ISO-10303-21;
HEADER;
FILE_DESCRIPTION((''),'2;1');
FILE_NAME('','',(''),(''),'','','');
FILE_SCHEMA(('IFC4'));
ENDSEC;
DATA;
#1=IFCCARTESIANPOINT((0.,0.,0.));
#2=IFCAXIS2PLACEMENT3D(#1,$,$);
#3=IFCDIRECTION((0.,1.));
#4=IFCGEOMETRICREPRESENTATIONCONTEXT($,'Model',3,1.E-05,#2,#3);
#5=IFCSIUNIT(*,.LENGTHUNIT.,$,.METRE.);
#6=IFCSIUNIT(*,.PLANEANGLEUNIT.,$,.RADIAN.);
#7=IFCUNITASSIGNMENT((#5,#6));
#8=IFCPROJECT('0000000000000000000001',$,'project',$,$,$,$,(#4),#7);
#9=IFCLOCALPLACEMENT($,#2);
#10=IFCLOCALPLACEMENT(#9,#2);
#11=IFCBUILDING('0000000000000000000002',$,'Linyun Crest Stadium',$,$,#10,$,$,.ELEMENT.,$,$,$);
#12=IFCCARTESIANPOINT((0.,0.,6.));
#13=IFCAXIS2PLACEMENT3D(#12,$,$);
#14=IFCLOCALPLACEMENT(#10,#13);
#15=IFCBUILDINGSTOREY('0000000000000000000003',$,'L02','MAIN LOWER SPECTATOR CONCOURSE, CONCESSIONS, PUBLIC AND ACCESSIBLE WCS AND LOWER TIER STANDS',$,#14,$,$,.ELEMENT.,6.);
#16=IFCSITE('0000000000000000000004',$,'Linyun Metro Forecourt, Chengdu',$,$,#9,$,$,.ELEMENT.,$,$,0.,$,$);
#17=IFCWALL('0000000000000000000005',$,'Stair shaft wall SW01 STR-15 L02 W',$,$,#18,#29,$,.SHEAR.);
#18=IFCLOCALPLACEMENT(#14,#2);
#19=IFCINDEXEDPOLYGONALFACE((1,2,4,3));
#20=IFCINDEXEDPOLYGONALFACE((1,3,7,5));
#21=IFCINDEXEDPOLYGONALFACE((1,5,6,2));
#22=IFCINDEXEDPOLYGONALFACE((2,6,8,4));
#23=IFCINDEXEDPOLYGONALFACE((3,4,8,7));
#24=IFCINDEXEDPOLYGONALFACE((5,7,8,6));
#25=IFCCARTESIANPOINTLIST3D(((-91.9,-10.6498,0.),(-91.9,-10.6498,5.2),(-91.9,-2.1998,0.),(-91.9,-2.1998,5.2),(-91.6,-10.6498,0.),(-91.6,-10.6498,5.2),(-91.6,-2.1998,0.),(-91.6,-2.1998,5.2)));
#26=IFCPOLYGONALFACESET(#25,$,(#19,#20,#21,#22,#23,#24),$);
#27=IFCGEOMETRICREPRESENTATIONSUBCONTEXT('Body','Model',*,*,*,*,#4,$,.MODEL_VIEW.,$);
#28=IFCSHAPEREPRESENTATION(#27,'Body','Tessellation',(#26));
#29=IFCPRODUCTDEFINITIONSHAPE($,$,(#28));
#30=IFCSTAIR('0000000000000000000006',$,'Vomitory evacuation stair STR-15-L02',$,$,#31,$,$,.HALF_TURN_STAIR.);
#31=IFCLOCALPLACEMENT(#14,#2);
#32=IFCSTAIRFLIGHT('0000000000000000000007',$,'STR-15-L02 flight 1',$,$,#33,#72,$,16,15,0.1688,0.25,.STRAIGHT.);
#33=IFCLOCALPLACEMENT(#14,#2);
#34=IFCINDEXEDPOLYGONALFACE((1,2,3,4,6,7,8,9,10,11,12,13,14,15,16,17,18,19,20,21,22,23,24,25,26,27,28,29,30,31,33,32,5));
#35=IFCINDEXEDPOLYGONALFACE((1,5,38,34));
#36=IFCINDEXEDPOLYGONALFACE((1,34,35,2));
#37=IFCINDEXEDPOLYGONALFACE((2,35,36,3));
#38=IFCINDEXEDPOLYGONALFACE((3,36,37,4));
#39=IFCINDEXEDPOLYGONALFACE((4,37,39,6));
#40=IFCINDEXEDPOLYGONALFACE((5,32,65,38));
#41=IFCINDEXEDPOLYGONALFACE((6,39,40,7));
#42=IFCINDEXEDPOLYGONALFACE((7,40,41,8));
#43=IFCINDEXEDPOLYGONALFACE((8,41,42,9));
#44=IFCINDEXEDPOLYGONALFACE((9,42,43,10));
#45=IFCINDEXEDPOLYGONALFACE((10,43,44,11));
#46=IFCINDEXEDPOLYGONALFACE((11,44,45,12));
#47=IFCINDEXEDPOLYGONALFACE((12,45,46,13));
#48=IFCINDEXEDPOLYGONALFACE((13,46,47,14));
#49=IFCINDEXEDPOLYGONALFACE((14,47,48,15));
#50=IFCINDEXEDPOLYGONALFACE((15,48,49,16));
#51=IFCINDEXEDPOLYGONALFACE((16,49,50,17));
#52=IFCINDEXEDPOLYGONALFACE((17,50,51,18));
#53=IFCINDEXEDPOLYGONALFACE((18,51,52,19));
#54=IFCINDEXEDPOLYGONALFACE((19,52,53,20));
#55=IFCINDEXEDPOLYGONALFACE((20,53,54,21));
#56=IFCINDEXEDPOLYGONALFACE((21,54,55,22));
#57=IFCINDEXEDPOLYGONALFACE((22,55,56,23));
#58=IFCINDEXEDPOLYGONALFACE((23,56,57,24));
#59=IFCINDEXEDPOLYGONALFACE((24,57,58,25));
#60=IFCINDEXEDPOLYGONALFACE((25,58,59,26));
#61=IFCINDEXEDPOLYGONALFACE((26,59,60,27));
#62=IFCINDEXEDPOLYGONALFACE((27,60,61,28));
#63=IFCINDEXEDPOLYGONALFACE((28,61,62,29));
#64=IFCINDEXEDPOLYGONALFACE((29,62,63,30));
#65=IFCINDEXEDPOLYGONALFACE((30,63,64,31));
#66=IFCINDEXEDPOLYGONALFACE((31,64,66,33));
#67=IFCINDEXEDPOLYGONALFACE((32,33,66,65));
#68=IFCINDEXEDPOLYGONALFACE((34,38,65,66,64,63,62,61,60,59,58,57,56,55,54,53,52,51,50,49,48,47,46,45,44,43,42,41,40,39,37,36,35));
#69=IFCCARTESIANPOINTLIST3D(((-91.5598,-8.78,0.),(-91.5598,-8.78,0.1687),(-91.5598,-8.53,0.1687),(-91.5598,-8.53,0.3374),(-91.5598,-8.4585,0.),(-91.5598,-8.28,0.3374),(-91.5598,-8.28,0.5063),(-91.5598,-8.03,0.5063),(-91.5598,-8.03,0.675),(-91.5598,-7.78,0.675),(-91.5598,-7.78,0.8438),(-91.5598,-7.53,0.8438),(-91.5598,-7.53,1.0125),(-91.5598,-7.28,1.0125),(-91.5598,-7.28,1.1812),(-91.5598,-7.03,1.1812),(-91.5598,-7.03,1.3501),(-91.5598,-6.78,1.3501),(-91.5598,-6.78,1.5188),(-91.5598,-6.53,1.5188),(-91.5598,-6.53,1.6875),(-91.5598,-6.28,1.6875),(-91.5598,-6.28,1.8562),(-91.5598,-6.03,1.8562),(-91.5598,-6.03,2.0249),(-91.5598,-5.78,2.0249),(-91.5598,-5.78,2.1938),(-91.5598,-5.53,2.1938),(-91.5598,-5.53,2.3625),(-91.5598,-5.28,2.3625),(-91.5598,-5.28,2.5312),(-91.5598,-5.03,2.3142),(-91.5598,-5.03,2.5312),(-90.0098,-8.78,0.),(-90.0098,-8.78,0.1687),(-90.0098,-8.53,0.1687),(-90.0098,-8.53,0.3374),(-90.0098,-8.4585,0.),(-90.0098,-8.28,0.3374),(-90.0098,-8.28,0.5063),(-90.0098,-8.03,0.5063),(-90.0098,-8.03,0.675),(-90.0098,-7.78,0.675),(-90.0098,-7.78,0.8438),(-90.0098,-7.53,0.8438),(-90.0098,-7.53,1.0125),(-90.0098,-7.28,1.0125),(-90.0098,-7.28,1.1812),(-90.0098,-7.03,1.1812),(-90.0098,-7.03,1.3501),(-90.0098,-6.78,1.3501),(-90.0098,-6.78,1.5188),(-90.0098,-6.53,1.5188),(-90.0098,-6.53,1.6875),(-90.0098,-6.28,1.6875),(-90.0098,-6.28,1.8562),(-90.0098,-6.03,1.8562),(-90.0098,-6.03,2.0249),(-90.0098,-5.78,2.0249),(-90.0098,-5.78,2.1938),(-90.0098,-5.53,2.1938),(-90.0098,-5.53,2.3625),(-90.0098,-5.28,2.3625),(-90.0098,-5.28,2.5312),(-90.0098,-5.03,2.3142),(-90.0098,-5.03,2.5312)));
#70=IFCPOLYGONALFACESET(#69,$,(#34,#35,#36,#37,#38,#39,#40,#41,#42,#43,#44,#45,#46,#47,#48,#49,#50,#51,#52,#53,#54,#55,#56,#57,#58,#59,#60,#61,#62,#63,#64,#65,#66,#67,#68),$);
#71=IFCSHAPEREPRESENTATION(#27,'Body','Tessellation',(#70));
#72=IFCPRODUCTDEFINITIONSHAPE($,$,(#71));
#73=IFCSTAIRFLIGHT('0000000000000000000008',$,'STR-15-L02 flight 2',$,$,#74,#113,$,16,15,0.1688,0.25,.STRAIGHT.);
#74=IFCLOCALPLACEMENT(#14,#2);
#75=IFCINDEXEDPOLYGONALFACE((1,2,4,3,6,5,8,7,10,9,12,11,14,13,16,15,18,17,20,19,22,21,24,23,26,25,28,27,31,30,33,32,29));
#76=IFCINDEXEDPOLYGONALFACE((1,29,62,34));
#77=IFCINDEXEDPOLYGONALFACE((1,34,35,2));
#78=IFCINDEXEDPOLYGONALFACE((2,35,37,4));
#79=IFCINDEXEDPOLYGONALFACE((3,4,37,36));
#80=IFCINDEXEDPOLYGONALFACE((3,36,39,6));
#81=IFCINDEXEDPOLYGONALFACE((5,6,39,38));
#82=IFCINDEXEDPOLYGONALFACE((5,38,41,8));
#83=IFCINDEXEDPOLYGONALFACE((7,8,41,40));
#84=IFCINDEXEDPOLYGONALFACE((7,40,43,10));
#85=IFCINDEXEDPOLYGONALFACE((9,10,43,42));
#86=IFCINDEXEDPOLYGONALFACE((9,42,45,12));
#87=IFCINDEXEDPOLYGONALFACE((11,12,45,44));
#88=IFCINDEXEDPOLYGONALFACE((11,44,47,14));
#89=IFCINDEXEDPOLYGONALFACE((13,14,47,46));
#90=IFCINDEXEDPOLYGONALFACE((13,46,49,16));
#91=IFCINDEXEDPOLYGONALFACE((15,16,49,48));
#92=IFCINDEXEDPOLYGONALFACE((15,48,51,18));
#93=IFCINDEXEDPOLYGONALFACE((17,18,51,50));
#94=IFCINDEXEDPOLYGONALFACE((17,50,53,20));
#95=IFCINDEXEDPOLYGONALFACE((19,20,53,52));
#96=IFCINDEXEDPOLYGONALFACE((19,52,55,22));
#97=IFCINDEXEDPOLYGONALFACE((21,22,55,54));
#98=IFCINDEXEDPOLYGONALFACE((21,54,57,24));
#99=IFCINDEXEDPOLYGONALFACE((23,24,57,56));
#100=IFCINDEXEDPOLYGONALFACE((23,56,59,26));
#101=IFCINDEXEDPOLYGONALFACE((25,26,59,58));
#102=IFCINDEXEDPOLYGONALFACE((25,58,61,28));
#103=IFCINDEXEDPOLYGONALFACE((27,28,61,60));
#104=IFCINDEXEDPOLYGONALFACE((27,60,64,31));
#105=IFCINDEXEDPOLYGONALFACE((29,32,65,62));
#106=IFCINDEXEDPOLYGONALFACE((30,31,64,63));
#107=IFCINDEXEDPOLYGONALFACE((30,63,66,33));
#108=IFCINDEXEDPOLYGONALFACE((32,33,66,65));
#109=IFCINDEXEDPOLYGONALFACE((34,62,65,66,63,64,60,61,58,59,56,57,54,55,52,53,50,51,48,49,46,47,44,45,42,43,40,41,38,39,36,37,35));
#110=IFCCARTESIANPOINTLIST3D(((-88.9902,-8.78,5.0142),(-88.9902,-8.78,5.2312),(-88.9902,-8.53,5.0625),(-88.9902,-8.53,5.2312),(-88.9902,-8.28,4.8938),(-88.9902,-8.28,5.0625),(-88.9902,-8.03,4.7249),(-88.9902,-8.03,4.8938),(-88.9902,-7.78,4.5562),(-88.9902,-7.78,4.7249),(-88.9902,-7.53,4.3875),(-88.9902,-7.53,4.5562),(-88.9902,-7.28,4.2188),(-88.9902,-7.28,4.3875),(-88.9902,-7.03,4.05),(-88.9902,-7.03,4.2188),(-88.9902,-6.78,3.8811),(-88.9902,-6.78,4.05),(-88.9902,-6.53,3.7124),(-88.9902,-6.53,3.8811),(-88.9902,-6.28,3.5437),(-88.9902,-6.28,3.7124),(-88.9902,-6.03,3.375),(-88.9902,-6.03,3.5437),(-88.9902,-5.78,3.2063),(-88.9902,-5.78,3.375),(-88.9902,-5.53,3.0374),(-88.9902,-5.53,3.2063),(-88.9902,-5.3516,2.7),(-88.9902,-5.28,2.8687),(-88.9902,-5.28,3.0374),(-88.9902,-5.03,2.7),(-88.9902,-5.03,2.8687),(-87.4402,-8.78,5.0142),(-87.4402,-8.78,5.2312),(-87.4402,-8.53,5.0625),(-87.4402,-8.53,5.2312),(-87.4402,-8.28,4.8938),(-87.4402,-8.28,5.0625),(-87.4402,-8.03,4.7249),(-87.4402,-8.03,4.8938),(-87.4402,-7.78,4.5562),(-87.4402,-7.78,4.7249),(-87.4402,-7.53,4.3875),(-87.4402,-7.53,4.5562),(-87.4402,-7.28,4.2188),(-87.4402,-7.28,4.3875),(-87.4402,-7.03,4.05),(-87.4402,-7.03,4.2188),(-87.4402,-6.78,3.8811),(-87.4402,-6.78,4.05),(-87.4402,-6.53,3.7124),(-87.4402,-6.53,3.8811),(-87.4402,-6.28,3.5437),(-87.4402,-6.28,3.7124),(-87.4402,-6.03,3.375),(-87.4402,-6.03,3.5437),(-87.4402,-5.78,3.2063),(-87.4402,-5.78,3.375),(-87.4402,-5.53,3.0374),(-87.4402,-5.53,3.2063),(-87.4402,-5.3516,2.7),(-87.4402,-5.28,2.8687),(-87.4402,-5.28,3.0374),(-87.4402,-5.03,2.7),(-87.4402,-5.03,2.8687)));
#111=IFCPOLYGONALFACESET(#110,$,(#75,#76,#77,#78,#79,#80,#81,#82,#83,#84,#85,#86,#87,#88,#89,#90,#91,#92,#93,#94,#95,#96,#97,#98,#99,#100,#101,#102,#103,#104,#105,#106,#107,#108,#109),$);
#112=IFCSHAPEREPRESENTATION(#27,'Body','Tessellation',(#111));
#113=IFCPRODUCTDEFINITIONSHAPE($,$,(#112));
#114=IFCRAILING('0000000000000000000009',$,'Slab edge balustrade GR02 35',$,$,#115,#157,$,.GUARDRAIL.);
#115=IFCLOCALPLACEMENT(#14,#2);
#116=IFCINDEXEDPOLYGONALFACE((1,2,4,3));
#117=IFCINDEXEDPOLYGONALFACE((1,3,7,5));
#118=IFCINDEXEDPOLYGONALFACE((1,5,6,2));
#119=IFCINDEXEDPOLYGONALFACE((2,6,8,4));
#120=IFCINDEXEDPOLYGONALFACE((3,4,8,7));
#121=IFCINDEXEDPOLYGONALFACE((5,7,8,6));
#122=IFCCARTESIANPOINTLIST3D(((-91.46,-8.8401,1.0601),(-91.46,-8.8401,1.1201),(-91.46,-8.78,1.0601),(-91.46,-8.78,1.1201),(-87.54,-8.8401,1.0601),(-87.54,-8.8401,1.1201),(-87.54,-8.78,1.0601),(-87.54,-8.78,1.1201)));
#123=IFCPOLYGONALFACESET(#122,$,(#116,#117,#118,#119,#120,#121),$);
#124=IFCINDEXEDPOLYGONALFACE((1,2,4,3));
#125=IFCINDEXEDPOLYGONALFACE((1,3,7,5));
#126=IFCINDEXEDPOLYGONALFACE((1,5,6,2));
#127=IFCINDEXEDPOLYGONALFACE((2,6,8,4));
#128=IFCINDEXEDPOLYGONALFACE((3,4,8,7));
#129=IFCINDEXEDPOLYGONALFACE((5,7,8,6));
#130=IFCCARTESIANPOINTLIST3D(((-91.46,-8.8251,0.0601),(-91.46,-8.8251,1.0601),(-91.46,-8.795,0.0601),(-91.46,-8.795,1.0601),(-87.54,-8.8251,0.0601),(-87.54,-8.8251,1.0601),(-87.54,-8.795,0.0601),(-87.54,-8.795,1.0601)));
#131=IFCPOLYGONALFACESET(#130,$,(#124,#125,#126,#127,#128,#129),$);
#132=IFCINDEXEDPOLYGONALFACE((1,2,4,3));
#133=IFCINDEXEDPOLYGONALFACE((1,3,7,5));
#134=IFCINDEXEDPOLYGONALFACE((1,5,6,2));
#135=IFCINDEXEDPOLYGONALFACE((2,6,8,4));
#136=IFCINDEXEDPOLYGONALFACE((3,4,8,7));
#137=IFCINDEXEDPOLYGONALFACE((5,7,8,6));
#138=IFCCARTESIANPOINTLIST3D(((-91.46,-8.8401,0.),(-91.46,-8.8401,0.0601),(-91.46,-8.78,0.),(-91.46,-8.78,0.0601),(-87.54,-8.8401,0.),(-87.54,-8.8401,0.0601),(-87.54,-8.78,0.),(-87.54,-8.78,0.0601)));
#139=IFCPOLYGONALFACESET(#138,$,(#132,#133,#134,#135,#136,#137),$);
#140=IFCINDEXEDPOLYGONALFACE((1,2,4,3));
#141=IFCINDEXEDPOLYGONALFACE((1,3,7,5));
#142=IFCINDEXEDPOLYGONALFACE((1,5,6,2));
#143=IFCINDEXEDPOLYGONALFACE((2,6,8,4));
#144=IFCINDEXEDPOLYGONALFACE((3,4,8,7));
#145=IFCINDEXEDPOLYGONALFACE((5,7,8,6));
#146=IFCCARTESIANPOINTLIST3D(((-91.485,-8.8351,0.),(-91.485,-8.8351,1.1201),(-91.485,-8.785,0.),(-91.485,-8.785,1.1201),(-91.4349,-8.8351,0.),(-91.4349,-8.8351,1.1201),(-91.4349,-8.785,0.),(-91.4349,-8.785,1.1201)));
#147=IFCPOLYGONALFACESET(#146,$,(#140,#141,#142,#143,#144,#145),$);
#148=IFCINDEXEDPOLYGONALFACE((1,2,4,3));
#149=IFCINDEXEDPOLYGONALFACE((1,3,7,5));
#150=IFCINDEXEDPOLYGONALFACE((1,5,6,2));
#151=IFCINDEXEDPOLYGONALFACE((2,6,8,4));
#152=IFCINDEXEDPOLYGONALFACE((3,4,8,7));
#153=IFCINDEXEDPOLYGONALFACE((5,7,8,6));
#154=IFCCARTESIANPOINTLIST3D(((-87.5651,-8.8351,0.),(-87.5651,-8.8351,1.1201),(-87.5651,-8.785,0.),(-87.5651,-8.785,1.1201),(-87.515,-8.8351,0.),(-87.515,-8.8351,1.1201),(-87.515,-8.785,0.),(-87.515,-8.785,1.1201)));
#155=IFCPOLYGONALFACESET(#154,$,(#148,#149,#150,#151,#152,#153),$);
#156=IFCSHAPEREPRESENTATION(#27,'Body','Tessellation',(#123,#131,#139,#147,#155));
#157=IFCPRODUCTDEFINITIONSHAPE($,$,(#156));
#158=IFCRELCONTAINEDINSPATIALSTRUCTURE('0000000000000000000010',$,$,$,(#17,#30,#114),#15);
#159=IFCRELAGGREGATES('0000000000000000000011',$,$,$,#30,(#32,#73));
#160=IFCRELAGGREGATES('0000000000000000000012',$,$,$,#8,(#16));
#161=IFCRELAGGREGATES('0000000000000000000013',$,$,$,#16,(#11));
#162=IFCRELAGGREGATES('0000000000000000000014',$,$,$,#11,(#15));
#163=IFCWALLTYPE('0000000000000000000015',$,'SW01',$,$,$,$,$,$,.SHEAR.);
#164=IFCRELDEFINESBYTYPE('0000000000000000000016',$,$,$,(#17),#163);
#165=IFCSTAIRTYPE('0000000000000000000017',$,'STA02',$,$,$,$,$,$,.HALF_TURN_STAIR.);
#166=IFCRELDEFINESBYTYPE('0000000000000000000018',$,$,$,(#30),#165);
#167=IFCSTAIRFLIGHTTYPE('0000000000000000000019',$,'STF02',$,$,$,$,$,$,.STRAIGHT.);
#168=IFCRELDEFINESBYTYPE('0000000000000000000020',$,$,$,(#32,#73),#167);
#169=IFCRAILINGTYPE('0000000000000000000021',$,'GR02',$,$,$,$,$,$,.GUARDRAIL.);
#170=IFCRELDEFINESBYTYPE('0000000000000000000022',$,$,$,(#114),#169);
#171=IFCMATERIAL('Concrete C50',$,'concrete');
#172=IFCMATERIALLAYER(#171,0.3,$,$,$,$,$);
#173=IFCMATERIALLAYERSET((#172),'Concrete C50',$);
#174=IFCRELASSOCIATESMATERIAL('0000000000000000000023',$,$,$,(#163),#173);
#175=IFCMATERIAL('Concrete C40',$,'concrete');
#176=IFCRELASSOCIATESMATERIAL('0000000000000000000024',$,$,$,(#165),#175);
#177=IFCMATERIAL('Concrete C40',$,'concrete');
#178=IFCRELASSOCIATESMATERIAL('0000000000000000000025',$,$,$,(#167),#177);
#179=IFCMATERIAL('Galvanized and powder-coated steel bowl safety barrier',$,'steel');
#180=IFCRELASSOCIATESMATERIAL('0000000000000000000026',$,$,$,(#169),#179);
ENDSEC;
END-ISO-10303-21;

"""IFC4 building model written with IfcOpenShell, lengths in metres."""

from ifc_helpers import new_model, si_unit, direction, frame, frame_2d, origin, origin_2d, place, context, subcontext, project, spatial, polyline, rectangle, outline, extrude, material, layer, layer_set, type_object, element, aggregate, save


model = new_model("IFC4")

# Units and contexts
model_context = context("Model", 3, precision=1e-05, world=origin(), true_north=direction((0.0, 1.0)))
body_context = subcontext(model_context, "Body", "Model", "MODEL_VIEW")
ifc_project = project(units=[si_unit("LENGTHUNIT", "METRE"), si_unit("PLANEANGLEUNIT", "RADIAN")], contexts=[model_context])

# Site, building, storey
site_placement = place(None, origin())
site = spatial("IfcSite", under=ifc_project, at=site_placement, Name="Linyun Metro Forecourt, Chengdu", CompositionType="ELEMENT", RefElevation=0.0)
building_placement = place(site_placement, origin())
building = spatial("IfcBuilding", under=site, at=building_placement, Name="Linyun Crest Stadium", CompositionType="ELEMENT")
storey_placement = place(building_placement, frame((0.0, 0.0, 6.0)))
storey = spatial("IfcBuildingStorey", under=building, at=storey_placement, Name="L02", Description="MAIN LOWER SPECTATOR CONCOURSE, CONCESSIONS, PUBLIC AND ACCESSIBLE WCS AND LOWER TIER STANDS", CompositionType="ELEMENT", Elevation=6.0)

# Shared definitions
ifc_material_1 = material(Name="Concrete C50", Category="concrete")
ifc_layer_1 = layer(ifc_material_1, 0.3)
ifc_layer_set_1 = layer_set([ifc_layer_1], Name="Concrete C50")
wall_type = type_object("IfcWallType", Name="SW01", PredefinedType="SHEAR", material=ifc_layer_set_1)

# Wall
wall_1_placement = place(storey_placement, frame((-91.75, -10.6499, 0.0), z_axis=(0.0, 0.0, 1.0), x_axis=(0.0, 1.0, 0.0)))
element("IfcWall", 1, at=wall_1_placement, inside=storey, type_object=wall_type, Name="Stair shaft wall SW01 STR-15 L02 W", PredefinedType="SHEAR", context=body_context, shape_type="SweptSolid", body=[
    extrude(rectangle(XDim=8.45, YDim=0.3, at=frame_2d((4.2251, 0.0))), origin(), (0.0, 0.0, 1.0), 5.2),
])

# Stair, stair flights
ifc_material_2 = material(Name="Concrete C40", Category="concrete")
stair_type = type_object("IfcStairType", Name="STA02", PredefinedType="HALF_TURN_STAIR", material=ifc_material_2)
stair_placement = place(storey_placement, origin())
stair = element("IfcStair", 2, at=stair_placement, inside=storey, type_object=stair_type, Name="Vomitory evacuation stair STR-15-L02", PredefinedType="HALF_TURN_STAIR")
ifc_material_3 = material(Name="Concrete C40", Category="concrete")
stair_flight_type = type_object("IfcStairFlightType", Name="STF02", PredefinedType="STRAIGHT", material=ifc_material_3)
stair_flight_1_placement = place(storey_placement, frame((-90.7849, -8.78, 0.0), z_axis=(0.0, 0.0, 1.0), x_axis=(0.0, 1.0, 0.0)))
stair_flight_1 = element("IfcStairFlight", 3, at=stair_flight_1_placement, type_object=stair_flight_type, Name="STR-15-L02 flight 1", NumberOfRisers=16, NumberOfTreads=15, PredefinedType="STRAIGHT", RiserHeight=0.1688, TreadLength=0.25, context=body_context, shape_type="SweptSolid", body=[
    extrude(outline(polyline([(0.0, 0.0), (0.0, 0.1687), (0.25, 0.1687), (0.25, 0.3374), (0.5, 0.3374), (0.5, 0.5063), (0.75, 0.5063), (0.75, 0.675), (1.0, 0.675), (1.0, 0.8438), (1.25, 0.8438), (1.25, 1.0125), (1.5, 1.0125), (1.5, 1.1812), (1.75, 1.1812), (1.75, 1.3501), (2.0, 1.3501), (2.0, 1.5188), (2.25, 1.5188), (2.25, 1.6875), (2.5, 1.6875), (2.5, 1.8562), (2.75, 1.8562), (2.75, 2.0249), (3.0, 2.0249), (3.0, 2.1938), (3.25, 2.1938), (3.25, 2.3625), (3.5, 2.3625), (3.5, 2.5312), (3.75, 2.5312), (3.75, 2.7), (3.75, 2.3142), (0.3215, 0.0), (0.0, 0.0)])), frame((0.0, 0.7749, 0.0), z_axis=(0.0, -1.0, 0.0), x_axis=(1.0, 0.0, 0.0)), (0.0, 0.0, 1.0), 1.55),
])
stair_flight_2_placement = place(storey_placement, frame((-88.2151, -5.03, 2.7), z_axis=(0.0, 0.0, 1.0), x_axis=(0.0, -1.0, 0.0)))
stair_flight_2 = element("IfcStairFlight", 4, at=stair_flight_2_placement, type_object=stair_flight_type, Name="STR-15-L02 flight 2", NumberOfRisers=16, NumberOfTreads=15, PredefinedType="STRAIGHT", RiserHeight=0.1688, TreadLength=0.25, context=body_context, shape_type="SweptSolid", body=[
    extrude(outline(polyline([(0.0, 0.0), (0.0, 0.1687), (0.25, 0.1687), (0.25, 0.3374), (0.5, 0.3374), (0.5, 0.5063), (0.75, 0.5063), (0.75, 0.675), (1.0, 0.675), (1.0, 0.8438), (1.25, 0.8438), (1.25, 1.0125), (1.5, 1.0125), (1.5, 1.1812), (1.75, 1.1812), (1.75, 1.3501), (2.0, 1.3501), (2.0, 1.5188), (2.25, 1.5188), (2.25, 1.6875), (2.5, 1.6875), (2.5, 1.8562), (2.75, 1.8562), (2.75, 2.0249), (3.0, 2.0249), (3.0, 2.1938), (3.25, 2.1938), (3.25, 2.3625), (3.5, 2.3625), (3.5, 2.5312), (3.75, 2.5312), (3.75, 2.7), (3.75, 2.3142), (0.3215, 0.0), (0.0, 0.0)])), frame((0.0, 0.7749, 0.0), z_axis=(0.0, -1.0, 0.0), x_axis=(1.0, 0.0, 0.0)), (0.0, 0.0, 1.0), 1.55),
])
aggregate(stair, [stair_flight_1, stair_flight_2])

# Railing
ifc_material_4 = material(Name="Galvanized and powder-coated steel bowl safety barrier", Category="steel")
railing_type_1 = type_object("IfcRailingType", Name="GR02", PredefinedType="GUARDRAIL", material=ifc_material_4)
railing_1_placement = place(storey_placement, frame((-91.46, -8.8101, 0.0)))
element("IfcRailing", 5, at=railing_1_placement, inside=storey, type_object=railing_type_1, Name="Slab edge balustrade GR02 35", PredefinedType="GUARDRAIL", context=body_context, shape_type="SweptSolid", body=[
    extrude(rectangle(XDim=0.0601, YDim=0.0601, at=origin_2d()), frame((0.0, 0.0, 1.0901), z_axis=(1.0, 0.0, 0.0), x_axis=(0.0, 1.0, 0.0)), (0.0, 0.0, 1.0), 3.9199),
    extrude(rectangle(XDim=0.03, YDim=1.0, at=origin_2d()), frame((0.0, 0.0, 0.5601), z_axis=(1.0, 0.0, 0.0), x_axis=(0.0, 1.0, 0.0)), (0.0, 0.0, 1.0), 3.9199),
    extrude(rectangle(XDim=0.0601, YDim=0.0601, at=origin_2d()), frame((0.0, 0.0, 0.03), z_axis=(1.0, 0.0, 0.0), x_axis=(0.0, 1.0, 0.0)), (0.0, 0.0, 1.0), 3.9199),
    extrude(rectangle(XDim=0.05, YDim=0.05, at=origin_2d()), origin(), (0.0, 0.0, 1.0), 1.1201),
    extrude(rectangle(XDim=0.05, YDim=0.05, at=origin_2d()), frame((3.9199, 0.0, 0.0)), (0.0, 0.0, 1.0), 1.1201),
])

save(model, "model.ifc")
